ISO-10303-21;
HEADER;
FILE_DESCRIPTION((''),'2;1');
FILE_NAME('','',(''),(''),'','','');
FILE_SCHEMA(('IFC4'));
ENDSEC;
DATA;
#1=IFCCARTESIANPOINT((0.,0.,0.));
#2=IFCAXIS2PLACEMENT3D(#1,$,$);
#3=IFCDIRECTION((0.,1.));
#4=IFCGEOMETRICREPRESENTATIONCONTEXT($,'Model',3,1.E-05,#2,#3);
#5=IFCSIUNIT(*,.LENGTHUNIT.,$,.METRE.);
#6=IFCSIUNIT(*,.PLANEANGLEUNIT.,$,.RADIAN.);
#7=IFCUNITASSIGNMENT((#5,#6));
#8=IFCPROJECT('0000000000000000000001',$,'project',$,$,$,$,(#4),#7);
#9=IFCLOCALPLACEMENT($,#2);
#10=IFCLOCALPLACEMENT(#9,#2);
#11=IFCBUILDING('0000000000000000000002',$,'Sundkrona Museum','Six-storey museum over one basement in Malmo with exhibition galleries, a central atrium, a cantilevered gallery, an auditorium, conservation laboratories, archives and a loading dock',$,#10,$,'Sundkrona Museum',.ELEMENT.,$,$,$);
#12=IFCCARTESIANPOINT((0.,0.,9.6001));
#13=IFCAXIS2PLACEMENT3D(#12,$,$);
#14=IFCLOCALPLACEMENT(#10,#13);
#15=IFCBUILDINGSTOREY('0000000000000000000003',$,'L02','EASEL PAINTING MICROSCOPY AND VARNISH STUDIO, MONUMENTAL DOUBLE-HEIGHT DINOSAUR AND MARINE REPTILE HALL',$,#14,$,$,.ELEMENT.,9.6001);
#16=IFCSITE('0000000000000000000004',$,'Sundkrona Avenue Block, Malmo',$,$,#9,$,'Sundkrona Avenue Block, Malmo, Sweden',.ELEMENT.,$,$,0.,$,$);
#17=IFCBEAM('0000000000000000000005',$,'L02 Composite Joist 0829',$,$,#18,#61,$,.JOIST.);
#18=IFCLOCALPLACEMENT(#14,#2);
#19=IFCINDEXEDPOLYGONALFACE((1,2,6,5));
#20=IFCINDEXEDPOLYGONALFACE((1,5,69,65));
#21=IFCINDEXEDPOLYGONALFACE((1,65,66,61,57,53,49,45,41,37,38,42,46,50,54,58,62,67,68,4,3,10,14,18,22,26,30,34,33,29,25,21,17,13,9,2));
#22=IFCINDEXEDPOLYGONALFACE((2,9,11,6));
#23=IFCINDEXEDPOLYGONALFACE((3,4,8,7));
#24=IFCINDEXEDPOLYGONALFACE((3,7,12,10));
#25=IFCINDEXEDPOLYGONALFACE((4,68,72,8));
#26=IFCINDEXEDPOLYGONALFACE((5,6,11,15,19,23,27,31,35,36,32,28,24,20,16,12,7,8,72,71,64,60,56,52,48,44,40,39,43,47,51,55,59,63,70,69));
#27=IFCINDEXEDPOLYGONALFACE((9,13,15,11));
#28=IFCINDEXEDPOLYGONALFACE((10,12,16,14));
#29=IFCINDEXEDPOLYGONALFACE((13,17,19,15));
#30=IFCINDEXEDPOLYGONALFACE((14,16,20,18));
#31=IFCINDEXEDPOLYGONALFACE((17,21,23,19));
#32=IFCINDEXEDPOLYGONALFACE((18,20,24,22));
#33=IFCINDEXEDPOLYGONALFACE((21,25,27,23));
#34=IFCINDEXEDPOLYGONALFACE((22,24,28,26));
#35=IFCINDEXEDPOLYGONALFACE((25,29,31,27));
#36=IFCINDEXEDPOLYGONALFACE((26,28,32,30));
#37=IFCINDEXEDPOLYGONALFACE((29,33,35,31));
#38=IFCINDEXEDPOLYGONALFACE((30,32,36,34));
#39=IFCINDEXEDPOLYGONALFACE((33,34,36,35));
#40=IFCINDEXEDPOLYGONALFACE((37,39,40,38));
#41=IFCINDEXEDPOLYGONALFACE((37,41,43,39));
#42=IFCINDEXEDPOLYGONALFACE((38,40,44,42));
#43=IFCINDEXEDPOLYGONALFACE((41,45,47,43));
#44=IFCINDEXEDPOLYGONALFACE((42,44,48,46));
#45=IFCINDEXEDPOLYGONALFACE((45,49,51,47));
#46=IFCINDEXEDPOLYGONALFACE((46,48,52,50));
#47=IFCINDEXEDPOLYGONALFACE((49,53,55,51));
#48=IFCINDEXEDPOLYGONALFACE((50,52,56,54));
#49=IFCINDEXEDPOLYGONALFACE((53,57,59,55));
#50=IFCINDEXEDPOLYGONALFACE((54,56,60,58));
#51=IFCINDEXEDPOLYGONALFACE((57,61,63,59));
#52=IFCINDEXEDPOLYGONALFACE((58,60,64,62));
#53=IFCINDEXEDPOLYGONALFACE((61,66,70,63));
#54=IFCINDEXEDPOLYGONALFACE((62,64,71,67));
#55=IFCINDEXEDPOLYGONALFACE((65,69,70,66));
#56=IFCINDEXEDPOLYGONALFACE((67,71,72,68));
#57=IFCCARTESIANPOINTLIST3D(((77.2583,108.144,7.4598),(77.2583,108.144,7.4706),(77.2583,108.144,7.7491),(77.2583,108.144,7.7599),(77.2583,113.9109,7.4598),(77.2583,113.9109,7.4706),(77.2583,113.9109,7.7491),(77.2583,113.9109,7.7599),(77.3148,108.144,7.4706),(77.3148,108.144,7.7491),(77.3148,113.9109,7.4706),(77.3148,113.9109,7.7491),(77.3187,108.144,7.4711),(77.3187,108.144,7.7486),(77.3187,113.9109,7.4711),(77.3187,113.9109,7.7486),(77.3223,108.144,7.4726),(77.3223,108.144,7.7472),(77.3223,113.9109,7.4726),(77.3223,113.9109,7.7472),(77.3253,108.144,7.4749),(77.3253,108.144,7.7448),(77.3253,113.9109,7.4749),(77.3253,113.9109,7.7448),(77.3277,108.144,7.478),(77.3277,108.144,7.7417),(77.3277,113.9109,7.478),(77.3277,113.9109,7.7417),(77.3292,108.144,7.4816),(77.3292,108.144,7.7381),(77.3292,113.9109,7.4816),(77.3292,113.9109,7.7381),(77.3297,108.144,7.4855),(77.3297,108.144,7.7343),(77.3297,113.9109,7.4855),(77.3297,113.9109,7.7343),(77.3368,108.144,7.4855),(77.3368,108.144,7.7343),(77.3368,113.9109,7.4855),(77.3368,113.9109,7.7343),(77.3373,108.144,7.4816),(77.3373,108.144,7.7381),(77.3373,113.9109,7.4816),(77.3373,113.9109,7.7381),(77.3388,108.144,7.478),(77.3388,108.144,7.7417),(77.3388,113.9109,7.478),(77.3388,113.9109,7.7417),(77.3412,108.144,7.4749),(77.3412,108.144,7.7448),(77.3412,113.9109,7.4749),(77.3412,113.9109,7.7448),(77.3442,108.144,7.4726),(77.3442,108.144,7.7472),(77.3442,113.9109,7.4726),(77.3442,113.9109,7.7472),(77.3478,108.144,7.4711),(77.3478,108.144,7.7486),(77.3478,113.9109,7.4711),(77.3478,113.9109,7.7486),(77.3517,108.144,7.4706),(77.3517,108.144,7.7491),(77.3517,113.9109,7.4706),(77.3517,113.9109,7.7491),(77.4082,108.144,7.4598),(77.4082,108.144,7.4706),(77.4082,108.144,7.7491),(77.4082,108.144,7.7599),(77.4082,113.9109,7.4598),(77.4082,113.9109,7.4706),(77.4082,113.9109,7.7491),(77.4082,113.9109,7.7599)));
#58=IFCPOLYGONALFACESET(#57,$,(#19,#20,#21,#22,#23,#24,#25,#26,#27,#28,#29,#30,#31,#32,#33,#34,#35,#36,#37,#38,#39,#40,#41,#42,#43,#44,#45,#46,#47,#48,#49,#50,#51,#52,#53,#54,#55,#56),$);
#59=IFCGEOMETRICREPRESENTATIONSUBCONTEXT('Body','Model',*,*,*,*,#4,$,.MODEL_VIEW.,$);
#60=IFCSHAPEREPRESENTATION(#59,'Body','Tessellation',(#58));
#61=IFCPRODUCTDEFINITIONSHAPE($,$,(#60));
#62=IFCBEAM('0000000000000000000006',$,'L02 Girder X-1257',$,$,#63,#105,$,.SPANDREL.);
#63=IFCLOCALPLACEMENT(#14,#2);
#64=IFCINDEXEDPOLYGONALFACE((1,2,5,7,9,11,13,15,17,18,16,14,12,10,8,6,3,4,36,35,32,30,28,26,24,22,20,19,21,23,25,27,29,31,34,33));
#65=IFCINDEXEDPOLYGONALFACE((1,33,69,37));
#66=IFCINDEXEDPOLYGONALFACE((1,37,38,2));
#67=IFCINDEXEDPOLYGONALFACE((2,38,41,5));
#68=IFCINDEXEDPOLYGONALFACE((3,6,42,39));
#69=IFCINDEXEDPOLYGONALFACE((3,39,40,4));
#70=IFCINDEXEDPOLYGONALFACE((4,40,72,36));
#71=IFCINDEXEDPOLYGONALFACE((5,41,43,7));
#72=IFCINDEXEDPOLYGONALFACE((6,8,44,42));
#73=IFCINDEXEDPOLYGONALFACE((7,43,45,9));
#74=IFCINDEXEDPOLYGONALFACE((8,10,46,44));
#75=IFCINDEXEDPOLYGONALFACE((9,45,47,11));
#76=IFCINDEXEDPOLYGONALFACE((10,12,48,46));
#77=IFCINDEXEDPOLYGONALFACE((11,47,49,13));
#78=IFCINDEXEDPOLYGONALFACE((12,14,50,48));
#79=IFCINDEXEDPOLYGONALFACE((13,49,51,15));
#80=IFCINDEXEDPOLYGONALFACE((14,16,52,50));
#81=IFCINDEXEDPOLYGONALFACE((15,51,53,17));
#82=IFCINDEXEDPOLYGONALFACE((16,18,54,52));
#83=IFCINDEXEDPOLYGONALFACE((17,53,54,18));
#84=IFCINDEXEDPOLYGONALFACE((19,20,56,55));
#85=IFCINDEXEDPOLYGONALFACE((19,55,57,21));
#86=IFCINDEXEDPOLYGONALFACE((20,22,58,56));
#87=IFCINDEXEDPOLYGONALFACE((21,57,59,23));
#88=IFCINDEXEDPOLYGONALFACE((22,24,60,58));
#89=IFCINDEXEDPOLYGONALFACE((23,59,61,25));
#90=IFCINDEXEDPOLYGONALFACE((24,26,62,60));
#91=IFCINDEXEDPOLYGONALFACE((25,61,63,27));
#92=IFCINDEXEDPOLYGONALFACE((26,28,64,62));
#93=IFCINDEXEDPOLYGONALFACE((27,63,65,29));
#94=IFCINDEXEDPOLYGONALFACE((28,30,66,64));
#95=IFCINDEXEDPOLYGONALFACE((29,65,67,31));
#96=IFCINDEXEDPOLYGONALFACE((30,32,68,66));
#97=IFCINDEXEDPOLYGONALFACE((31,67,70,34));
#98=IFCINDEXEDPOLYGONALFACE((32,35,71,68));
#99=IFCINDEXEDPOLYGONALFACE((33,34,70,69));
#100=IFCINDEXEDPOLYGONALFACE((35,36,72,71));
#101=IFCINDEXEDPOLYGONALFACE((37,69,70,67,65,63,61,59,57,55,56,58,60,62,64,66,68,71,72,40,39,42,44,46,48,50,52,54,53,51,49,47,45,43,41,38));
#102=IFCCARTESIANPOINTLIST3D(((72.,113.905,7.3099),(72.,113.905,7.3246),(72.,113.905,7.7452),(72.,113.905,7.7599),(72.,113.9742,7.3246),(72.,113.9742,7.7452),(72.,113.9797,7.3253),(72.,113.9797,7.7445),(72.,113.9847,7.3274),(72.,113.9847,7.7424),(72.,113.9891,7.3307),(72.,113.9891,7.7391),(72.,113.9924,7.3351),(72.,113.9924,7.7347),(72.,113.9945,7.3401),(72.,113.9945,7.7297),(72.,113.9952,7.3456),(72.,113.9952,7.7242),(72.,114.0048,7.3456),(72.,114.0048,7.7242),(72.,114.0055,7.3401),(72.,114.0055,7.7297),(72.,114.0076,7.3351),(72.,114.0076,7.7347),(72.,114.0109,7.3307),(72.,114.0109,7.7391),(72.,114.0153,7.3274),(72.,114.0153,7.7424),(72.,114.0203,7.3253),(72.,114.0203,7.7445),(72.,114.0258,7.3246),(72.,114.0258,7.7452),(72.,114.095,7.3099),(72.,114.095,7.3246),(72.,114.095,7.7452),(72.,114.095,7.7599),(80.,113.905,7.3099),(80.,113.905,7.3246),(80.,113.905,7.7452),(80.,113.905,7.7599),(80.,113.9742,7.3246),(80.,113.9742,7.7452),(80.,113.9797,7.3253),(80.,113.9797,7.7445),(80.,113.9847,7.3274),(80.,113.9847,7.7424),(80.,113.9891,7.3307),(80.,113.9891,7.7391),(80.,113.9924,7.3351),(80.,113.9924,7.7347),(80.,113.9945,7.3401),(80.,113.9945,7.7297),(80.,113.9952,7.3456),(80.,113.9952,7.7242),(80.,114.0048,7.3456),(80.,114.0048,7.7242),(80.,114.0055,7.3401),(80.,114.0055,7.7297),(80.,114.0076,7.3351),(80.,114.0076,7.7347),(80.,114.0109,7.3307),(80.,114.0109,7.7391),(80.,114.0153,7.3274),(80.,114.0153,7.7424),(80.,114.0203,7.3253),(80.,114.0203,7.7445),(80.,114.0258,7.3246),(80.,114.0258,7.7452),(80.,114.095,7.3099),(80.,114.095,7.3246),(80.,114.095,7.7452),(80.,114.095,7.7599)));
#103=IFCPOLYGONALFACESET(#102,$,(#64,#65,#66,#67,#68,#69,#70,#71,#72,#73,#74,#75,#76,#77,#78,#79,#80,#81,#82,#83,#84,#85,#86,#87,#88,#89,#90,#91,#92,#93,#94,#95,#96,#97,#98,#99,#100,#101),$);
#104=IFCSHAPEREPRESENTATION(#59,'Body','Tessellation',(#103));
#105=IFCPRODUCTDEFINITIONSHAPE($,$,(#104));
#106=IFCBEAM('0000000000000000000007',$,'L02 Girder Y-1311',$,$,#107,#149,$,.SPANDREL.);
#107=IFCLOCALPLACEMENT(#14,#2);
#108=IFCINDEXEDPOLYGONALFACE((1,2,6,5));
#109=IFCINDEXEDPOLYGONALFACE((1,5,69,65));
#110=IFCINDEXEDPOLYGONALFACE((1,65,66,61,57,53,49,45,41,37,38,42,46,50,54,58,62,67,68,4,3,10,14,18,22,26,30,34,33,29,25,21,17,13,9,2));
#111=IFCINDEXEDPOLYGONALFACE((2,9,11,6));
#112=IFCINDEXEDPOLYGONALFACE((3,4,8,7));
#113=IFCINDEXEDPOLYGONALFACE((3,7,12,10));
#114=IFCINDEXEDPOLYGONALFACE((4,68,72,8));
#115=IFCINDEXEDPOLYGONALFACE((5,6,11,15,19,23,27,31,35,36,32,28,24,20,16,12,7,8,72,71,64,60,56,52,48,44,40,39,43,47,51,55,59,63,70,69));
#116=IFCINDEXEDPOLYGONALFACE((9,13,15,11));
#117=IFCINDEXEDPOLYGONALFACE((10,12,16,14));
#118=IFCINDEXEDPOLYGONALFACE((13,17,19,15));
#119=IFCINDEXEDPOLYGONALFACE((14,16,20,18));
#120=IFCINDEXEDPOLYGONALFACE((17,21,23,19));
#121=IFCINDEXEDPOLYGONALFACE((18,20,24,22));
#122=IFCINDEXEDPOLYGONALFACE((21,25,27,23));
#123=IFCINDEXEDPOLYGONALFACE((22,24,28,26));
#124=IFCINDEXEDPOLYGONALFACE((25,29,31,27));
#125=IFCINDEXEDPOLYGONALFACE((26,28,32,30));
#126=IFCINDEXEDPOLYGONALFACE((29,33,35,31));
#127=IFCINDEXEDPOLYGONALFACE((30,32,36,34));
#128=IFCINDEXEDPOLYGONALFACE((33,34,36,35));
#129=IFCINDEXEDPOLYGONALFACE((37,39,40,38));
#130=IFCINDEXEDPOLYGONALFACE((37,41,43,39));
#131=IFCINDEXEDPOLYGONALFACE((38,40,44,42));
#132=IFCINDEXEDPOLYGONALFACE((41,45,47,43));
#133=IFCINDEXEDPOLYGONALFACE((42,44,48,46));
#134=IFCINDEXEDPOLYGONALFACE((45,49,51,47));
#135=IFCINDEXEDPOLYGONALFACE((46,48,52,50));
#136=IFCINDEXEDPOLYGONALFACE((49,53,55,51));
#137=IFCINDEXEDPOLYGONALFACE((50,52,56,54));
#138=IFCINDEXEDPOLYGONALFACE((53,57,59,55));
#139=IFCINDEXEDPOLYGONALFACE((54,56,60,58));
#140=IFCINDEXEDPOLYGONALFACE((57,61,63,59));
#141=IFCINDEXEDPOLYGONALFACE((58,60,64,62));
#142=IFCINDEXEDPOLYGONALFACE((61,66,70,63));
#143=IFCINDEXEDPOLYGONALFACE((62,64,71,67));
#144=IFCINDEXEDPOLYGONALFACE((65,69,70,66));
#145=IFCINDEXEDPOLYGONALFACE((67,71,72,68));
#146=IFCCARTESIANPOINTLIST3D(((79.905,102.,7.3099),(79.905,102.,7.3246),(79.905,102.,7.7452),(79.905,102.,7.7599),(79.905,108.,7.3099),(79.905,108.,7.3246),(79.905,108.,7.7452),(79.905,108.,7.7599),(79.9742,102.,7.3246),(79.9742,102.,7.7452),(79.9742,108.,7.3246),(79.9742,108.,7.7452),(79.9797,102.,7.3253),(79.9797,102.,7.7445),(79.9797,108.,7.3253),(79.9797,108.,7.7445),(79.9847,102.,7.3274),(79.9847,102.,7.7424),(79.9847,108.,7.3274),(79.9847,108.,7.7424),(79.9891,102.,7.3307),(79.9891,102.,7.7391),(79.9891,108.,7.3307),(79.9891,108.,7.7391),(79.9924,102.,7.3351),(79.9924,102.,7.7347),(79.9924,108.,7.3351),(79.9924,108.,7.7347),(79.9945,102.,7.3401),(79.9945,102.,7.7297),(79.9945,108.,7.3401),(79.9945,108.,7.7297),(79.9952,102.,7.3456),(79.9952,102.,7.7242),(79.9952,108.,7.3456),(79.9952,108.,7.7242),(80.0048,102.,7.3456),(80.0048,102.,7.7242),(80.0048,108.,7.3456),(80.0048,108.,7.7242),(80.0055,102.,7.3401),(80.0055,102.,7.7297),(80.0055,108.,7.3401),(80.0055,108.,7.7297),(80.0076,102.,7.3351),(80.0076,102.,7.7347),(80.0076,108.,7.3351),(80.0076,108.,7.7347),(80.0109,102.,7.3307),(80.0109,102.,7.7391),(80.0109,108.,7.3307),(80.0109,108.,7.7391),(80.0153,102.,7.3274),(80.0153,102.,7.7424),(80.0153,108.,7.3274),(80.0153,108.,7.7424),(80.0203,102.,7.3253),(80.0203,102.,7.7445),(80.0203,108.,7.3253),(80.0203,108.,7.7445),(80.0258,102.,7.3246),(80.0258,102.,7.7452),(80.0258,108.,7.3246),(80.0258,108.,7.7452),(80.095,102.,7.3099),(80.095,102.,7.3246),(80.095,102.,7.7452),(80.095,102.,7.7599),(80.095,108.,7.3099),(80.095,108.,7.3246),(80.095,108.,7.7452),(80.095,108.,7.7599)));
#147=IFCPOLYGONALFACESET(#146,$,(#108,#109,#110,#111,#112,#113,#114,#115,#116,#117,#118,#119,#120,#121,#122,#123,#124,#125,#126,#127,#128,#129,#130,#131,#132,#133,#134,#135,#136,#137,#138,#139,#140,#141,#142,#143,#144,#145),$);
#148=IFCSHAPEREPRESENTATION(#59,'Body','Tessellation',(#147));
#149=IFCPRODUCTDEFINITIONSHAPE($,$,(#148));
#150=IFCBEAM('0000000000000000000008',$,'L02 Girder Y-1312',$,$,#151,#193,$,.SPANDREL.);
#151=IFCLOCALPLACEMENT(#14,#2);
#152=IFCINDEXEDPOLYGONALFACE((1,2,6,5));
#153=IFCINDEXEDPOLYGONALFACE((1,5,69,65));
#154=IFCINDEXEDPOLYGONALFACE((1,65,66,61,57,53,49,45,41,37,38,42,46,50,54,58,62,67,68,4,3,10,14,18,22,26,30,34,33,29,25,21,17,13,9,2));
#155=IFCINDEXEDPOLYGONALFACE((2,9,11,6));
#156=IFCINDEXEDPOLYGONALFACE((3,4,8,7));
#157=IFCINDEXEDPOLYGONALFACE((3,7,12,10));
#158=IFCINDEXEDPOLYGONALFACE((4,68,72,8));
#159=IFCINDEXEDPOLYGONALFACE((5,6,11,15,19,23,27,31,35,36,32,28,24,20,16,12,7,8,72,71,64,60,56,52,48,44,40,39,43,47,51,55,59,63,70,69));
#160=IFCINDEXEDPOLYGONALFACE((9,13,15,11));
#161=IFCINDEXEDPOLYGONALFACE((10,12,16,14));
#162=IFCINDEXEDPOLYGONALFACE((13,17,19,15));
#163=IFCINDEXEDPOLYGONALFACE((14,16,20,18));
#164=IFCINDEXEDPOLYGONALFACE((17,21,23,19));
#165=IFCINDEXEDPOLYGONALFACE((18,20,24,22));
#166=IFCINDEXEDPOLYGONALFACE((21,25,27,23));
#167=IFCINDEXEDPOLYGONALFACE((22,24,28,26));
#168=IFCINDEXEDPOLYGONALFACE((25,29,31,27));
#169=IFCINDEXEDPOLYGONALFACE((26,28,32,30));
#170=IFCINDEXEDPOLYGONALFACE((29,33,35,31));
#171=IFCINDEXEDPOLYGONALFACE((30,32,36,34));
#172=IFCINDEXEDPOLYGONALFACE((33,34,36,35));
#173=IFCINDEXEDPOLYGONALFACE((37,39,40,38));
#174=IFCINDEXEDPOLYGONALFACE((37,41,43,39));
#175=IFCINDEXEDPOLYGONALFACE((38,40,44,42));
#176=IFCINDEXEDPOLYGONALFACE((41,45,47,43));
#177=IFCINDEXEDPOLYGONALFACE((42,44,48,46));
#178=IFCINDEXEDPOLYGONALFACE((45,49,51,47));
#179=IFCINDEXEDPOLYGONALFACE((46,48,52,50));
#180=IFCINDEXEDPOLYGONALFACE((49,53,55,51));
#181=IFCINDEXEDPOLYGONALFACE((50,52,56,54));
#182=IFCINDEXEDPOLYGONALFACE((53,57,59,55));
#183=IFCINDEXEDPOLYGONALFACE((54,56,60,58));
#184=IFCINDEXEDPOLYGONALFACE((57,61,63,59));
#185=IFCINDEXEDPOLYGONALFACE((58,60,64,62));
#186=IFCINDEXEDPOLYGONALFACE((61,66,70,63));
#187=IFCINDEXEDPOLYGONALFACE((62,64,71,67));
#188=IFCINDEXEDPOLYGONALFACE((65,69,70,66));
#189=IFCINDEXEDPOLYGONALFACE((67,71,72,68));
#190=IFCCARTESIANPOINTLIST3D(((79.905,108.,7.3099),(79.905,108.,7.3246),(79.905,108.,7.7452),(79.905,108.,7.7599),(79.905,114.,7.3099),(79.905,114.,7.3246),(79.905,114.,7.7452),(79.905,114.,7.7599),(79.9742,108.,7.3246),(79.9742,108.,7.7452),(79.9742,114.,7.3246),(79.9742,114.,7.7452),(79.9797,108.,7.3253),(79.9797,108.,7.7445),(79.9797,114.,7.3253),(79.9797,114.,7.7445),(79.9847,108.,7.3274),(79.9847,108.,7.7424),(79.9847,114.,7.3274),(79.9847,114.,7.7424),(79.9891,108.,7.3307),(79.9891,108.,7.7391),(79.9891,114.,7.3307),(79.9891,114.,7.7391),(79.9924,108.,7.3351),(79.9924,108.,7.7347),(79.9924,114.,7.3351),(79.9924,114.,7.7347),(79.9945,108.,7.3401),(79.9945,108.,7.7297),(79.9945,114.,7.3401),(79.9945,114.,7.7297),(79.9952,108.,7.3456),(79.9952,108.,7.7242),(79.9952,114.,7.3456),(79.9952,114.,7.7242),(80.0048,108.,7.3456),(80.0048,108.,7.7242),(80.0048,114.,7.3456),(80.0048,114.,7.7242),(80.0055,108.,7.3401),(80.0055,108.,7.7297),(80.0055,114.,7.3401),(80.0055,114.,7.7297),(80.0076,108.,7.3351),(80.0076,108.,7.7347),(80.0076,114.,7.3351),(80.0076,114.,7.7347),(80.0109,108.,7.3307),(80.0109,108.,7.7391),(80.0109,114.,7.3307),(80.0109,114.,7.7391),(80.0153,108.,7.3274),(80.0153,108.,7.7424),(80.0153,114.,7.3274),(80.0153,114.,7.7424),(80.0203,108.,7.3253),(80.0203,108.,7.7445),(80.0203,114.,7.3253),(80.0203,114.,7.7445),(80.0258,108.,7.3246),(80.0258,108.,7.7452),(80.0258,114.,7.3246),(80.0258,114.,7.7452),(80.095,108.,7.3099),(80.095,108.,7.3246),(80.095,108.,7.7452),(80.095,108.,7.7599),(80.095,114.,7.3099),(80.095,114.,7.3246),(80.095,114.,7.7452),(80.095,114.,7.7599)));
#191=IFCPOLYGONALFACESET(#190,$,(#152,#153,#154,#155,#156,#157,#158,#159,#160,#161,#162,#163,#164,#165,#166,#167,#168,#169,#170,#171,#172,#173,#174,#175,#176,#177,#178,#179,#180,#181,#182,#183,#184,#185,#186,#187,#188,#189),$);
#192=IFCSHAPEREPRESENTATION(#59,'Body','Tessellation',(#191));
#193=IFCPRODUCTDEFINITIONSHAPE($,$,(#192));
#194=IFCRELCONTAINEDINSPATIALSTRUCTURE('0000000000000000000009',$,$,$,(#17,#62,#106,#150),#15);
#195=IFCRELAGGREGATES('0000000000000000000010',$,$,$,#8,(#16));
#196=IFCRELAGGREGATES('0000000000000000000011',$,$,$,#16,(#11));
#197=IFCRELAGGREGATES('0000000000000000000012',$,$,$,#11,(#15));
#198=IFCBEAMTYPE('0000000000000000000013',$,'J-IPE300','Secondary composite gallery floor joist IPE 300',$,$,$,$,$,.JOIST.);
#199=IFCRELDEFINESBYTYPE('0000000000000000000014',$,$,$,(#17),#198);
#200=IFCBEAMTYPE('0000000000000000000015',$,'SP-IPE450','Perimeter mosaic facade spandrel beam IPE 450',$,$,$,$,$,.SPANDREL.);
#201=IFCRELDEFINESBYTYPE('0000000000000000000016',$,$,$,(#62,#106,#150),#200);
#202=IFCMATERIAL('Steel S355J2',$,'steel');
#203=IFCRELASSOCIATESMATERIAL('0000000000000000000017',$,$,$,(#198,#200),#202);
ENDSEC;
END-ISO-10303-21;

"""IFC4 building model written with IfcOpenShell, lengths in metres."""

from ifc_helpers import new_model, si_unit, direction, frame, origin, origin_2d, place, context, subcontext, project, spatial, i_section, extrude, material, material_profile, profile_set, type_object, element, save


model = new_model("IFC4")

# Units and contexts
model_context = context("Model", 3, precision=1e-05, world=origin(), true_north=direction((0.0, 1.0)))
body_context = subcontext(model_context, "Body", "Model", "MODEL_VIEW")
ifc_project = project(units=[si_unit("LENGTHUNIT", "METRE"), si_unit("PLANEANGLEUNIT", "RADIAN")], contexts=[model_context])

# Site, building, storey
site_placement = place(None, origin())
site = spatial("IfcSite", under=ifc_project, at=site_placement, Name="Sundkrona Avenue Block, Malmo", LongName="Sundkrona Avenue Block, Malmo, Sweden", CompositionType="ELEMENT", RefElevation=0.0)
building_placement = place(site_placement, origin())
building = spatial("IfcBuilding", under=site, at=building_placement, Name="Sundkrona Museum", Description="Six-storey museum over one basement in Malmo with exhibition galleries, a central atrium, a cantilevered gallery, an auditorium, conservation laboratories, archives and a loading dock", LongName="Sundkrona Museum", CompositionType="ELEMENT")
storey_placement = place(building_placement, frame((0.0, 0.0, 9.6001)))
storey = spatial("IfcBuildingStorey", under=building, at=storey_placement, Name="L02", Description="EASEL PAINTING MICROSCOPY AND VARNISH STUDIO, MONUMENTAL DOUBLE-HEIGHT DINOSAUR AND MARINE REPTILE HALL", CompositionType="ELEMENT", Elevation=9.6001)

# Shared definitions
ifc_material_1 = material(Name="Steel S355J2", Category="steel")

# Beams
ifc_material_profile_1 = material_profile(ifc_material_1, i_section(OverallWidth=0.1499, OverallDepth=0.3, WebThickness=0.0071, FlangeThickness=0.0107, FilletRadius=0.0149, at=origin_2d()), Name="IPE 300")
ifc_profile_set_1 = profile_set([ifc_material_profile_1], Name="Steel S355J2")
beam_type_1 = type_object("IfcBeamType", Name="J-IPE300", Description="Secondary composite gallery floor joist IPE 300", PredefinedType="JOIST", material=ifc_profile_set_1)
for number, where, z_axis, x_axis, name in (
    (1, (77.3333, 108.144, 7.6099), (0.0, 1.0, 0.0), (-1.0, 0.0, 0.0), "L02 Composite Joist 0829"),
):
    element("IfcBeam", number, at=place(storey_placement, frame(where, z_axis=z_axis, x_axis=x_axis)), inside=storey, type_object=beam_type_1, Name=name, PredefinedType="JOIST", context=body_context, shape_type="SweptSolid", body=[
        extrude(i_section(OverallWidth=0.1499, OverallDepth=0.3, WebThickness=0.0071, FlangeThickness=0.0107, FilletRadius=0.0149, at=origin_2d()), origin(), (0.0, 0.0, 1.0), 5.7668),
    ])
ifc_material_profile_2 = material_profile(ifc_material_1, i_section(OverallWidth=0.1899, OverallDepth=0.45, WebThickness=0.0095, FlangeThickness=0.0146, FilletRadius=0.021, at=origin_2d()), Name="IPE 450")
ifc_profile_set_2 = profile_set([ifc_material_profile_2], Name="Steel S355J2")
beam_type_2 = type_object("IfcBeamType", Name="SP-IPE450", Description="Perimeter mosaic facade spandrel beam IPE 450", PredefinedType="SPANDREL", material=ifc_profile_set_2)
beam_1_placement = place(storey_placement, frame((72.0, 114.0, 7.5349), z_axis=(1.0, 0.0, 0.0), x_axis=(0.0, 1.0, 0.0)))
element("IfcBeam", 2, at=beam_1_placement, inside=storey, type_object=beam_type_2, Name="L02 Girder X-1257", PredefinedType="SPANDREL", context=body_context, shape_type="SweptSolid", body=[
    extrude(i_section(OverallWidth=0.1899, OverallDepth=0.45, WebThickness=0.0095, FlangeThickness=0.0146, FilletRadius=0.021, at=origin_2d()), origin(), (0.0, 0.0, 1.0), 8.0),
])
for number, where, z_axis, x_axis, name in (
    (3, (80.0, 102.0, 7.5349), (0.0, 1.0, 0.0), (-1.0, 0.0, 0.0), "L02 Girder Y-1311"),
    (4, (80.0, 108.0, 7.5349), (0.0, 1.0, 0.0), (-1.0, 0.0, 0.0), "L02 Girder Y-1312"),
):
    element("IfcBeam", number, at=place(storey_placement, frame(where, z_axis=z_axis, x_axis=x_axis)), inside=storey, type_object=beam_type_2, Name=name, PredefinedType="SPANDREL", context=body_context, shape_type="SweptSolid", body=[
        extrude(i_section(OverallWidth=0.1899, OverallDepth=0.45, WebThickness=0.0095, FlangeThickness=0.0146, FilletRadius=0.021, at=origin_2d()), origin(), (0.0, 0.0, 1.0), 6.0),
    ])

save(model, "model.ifc")
